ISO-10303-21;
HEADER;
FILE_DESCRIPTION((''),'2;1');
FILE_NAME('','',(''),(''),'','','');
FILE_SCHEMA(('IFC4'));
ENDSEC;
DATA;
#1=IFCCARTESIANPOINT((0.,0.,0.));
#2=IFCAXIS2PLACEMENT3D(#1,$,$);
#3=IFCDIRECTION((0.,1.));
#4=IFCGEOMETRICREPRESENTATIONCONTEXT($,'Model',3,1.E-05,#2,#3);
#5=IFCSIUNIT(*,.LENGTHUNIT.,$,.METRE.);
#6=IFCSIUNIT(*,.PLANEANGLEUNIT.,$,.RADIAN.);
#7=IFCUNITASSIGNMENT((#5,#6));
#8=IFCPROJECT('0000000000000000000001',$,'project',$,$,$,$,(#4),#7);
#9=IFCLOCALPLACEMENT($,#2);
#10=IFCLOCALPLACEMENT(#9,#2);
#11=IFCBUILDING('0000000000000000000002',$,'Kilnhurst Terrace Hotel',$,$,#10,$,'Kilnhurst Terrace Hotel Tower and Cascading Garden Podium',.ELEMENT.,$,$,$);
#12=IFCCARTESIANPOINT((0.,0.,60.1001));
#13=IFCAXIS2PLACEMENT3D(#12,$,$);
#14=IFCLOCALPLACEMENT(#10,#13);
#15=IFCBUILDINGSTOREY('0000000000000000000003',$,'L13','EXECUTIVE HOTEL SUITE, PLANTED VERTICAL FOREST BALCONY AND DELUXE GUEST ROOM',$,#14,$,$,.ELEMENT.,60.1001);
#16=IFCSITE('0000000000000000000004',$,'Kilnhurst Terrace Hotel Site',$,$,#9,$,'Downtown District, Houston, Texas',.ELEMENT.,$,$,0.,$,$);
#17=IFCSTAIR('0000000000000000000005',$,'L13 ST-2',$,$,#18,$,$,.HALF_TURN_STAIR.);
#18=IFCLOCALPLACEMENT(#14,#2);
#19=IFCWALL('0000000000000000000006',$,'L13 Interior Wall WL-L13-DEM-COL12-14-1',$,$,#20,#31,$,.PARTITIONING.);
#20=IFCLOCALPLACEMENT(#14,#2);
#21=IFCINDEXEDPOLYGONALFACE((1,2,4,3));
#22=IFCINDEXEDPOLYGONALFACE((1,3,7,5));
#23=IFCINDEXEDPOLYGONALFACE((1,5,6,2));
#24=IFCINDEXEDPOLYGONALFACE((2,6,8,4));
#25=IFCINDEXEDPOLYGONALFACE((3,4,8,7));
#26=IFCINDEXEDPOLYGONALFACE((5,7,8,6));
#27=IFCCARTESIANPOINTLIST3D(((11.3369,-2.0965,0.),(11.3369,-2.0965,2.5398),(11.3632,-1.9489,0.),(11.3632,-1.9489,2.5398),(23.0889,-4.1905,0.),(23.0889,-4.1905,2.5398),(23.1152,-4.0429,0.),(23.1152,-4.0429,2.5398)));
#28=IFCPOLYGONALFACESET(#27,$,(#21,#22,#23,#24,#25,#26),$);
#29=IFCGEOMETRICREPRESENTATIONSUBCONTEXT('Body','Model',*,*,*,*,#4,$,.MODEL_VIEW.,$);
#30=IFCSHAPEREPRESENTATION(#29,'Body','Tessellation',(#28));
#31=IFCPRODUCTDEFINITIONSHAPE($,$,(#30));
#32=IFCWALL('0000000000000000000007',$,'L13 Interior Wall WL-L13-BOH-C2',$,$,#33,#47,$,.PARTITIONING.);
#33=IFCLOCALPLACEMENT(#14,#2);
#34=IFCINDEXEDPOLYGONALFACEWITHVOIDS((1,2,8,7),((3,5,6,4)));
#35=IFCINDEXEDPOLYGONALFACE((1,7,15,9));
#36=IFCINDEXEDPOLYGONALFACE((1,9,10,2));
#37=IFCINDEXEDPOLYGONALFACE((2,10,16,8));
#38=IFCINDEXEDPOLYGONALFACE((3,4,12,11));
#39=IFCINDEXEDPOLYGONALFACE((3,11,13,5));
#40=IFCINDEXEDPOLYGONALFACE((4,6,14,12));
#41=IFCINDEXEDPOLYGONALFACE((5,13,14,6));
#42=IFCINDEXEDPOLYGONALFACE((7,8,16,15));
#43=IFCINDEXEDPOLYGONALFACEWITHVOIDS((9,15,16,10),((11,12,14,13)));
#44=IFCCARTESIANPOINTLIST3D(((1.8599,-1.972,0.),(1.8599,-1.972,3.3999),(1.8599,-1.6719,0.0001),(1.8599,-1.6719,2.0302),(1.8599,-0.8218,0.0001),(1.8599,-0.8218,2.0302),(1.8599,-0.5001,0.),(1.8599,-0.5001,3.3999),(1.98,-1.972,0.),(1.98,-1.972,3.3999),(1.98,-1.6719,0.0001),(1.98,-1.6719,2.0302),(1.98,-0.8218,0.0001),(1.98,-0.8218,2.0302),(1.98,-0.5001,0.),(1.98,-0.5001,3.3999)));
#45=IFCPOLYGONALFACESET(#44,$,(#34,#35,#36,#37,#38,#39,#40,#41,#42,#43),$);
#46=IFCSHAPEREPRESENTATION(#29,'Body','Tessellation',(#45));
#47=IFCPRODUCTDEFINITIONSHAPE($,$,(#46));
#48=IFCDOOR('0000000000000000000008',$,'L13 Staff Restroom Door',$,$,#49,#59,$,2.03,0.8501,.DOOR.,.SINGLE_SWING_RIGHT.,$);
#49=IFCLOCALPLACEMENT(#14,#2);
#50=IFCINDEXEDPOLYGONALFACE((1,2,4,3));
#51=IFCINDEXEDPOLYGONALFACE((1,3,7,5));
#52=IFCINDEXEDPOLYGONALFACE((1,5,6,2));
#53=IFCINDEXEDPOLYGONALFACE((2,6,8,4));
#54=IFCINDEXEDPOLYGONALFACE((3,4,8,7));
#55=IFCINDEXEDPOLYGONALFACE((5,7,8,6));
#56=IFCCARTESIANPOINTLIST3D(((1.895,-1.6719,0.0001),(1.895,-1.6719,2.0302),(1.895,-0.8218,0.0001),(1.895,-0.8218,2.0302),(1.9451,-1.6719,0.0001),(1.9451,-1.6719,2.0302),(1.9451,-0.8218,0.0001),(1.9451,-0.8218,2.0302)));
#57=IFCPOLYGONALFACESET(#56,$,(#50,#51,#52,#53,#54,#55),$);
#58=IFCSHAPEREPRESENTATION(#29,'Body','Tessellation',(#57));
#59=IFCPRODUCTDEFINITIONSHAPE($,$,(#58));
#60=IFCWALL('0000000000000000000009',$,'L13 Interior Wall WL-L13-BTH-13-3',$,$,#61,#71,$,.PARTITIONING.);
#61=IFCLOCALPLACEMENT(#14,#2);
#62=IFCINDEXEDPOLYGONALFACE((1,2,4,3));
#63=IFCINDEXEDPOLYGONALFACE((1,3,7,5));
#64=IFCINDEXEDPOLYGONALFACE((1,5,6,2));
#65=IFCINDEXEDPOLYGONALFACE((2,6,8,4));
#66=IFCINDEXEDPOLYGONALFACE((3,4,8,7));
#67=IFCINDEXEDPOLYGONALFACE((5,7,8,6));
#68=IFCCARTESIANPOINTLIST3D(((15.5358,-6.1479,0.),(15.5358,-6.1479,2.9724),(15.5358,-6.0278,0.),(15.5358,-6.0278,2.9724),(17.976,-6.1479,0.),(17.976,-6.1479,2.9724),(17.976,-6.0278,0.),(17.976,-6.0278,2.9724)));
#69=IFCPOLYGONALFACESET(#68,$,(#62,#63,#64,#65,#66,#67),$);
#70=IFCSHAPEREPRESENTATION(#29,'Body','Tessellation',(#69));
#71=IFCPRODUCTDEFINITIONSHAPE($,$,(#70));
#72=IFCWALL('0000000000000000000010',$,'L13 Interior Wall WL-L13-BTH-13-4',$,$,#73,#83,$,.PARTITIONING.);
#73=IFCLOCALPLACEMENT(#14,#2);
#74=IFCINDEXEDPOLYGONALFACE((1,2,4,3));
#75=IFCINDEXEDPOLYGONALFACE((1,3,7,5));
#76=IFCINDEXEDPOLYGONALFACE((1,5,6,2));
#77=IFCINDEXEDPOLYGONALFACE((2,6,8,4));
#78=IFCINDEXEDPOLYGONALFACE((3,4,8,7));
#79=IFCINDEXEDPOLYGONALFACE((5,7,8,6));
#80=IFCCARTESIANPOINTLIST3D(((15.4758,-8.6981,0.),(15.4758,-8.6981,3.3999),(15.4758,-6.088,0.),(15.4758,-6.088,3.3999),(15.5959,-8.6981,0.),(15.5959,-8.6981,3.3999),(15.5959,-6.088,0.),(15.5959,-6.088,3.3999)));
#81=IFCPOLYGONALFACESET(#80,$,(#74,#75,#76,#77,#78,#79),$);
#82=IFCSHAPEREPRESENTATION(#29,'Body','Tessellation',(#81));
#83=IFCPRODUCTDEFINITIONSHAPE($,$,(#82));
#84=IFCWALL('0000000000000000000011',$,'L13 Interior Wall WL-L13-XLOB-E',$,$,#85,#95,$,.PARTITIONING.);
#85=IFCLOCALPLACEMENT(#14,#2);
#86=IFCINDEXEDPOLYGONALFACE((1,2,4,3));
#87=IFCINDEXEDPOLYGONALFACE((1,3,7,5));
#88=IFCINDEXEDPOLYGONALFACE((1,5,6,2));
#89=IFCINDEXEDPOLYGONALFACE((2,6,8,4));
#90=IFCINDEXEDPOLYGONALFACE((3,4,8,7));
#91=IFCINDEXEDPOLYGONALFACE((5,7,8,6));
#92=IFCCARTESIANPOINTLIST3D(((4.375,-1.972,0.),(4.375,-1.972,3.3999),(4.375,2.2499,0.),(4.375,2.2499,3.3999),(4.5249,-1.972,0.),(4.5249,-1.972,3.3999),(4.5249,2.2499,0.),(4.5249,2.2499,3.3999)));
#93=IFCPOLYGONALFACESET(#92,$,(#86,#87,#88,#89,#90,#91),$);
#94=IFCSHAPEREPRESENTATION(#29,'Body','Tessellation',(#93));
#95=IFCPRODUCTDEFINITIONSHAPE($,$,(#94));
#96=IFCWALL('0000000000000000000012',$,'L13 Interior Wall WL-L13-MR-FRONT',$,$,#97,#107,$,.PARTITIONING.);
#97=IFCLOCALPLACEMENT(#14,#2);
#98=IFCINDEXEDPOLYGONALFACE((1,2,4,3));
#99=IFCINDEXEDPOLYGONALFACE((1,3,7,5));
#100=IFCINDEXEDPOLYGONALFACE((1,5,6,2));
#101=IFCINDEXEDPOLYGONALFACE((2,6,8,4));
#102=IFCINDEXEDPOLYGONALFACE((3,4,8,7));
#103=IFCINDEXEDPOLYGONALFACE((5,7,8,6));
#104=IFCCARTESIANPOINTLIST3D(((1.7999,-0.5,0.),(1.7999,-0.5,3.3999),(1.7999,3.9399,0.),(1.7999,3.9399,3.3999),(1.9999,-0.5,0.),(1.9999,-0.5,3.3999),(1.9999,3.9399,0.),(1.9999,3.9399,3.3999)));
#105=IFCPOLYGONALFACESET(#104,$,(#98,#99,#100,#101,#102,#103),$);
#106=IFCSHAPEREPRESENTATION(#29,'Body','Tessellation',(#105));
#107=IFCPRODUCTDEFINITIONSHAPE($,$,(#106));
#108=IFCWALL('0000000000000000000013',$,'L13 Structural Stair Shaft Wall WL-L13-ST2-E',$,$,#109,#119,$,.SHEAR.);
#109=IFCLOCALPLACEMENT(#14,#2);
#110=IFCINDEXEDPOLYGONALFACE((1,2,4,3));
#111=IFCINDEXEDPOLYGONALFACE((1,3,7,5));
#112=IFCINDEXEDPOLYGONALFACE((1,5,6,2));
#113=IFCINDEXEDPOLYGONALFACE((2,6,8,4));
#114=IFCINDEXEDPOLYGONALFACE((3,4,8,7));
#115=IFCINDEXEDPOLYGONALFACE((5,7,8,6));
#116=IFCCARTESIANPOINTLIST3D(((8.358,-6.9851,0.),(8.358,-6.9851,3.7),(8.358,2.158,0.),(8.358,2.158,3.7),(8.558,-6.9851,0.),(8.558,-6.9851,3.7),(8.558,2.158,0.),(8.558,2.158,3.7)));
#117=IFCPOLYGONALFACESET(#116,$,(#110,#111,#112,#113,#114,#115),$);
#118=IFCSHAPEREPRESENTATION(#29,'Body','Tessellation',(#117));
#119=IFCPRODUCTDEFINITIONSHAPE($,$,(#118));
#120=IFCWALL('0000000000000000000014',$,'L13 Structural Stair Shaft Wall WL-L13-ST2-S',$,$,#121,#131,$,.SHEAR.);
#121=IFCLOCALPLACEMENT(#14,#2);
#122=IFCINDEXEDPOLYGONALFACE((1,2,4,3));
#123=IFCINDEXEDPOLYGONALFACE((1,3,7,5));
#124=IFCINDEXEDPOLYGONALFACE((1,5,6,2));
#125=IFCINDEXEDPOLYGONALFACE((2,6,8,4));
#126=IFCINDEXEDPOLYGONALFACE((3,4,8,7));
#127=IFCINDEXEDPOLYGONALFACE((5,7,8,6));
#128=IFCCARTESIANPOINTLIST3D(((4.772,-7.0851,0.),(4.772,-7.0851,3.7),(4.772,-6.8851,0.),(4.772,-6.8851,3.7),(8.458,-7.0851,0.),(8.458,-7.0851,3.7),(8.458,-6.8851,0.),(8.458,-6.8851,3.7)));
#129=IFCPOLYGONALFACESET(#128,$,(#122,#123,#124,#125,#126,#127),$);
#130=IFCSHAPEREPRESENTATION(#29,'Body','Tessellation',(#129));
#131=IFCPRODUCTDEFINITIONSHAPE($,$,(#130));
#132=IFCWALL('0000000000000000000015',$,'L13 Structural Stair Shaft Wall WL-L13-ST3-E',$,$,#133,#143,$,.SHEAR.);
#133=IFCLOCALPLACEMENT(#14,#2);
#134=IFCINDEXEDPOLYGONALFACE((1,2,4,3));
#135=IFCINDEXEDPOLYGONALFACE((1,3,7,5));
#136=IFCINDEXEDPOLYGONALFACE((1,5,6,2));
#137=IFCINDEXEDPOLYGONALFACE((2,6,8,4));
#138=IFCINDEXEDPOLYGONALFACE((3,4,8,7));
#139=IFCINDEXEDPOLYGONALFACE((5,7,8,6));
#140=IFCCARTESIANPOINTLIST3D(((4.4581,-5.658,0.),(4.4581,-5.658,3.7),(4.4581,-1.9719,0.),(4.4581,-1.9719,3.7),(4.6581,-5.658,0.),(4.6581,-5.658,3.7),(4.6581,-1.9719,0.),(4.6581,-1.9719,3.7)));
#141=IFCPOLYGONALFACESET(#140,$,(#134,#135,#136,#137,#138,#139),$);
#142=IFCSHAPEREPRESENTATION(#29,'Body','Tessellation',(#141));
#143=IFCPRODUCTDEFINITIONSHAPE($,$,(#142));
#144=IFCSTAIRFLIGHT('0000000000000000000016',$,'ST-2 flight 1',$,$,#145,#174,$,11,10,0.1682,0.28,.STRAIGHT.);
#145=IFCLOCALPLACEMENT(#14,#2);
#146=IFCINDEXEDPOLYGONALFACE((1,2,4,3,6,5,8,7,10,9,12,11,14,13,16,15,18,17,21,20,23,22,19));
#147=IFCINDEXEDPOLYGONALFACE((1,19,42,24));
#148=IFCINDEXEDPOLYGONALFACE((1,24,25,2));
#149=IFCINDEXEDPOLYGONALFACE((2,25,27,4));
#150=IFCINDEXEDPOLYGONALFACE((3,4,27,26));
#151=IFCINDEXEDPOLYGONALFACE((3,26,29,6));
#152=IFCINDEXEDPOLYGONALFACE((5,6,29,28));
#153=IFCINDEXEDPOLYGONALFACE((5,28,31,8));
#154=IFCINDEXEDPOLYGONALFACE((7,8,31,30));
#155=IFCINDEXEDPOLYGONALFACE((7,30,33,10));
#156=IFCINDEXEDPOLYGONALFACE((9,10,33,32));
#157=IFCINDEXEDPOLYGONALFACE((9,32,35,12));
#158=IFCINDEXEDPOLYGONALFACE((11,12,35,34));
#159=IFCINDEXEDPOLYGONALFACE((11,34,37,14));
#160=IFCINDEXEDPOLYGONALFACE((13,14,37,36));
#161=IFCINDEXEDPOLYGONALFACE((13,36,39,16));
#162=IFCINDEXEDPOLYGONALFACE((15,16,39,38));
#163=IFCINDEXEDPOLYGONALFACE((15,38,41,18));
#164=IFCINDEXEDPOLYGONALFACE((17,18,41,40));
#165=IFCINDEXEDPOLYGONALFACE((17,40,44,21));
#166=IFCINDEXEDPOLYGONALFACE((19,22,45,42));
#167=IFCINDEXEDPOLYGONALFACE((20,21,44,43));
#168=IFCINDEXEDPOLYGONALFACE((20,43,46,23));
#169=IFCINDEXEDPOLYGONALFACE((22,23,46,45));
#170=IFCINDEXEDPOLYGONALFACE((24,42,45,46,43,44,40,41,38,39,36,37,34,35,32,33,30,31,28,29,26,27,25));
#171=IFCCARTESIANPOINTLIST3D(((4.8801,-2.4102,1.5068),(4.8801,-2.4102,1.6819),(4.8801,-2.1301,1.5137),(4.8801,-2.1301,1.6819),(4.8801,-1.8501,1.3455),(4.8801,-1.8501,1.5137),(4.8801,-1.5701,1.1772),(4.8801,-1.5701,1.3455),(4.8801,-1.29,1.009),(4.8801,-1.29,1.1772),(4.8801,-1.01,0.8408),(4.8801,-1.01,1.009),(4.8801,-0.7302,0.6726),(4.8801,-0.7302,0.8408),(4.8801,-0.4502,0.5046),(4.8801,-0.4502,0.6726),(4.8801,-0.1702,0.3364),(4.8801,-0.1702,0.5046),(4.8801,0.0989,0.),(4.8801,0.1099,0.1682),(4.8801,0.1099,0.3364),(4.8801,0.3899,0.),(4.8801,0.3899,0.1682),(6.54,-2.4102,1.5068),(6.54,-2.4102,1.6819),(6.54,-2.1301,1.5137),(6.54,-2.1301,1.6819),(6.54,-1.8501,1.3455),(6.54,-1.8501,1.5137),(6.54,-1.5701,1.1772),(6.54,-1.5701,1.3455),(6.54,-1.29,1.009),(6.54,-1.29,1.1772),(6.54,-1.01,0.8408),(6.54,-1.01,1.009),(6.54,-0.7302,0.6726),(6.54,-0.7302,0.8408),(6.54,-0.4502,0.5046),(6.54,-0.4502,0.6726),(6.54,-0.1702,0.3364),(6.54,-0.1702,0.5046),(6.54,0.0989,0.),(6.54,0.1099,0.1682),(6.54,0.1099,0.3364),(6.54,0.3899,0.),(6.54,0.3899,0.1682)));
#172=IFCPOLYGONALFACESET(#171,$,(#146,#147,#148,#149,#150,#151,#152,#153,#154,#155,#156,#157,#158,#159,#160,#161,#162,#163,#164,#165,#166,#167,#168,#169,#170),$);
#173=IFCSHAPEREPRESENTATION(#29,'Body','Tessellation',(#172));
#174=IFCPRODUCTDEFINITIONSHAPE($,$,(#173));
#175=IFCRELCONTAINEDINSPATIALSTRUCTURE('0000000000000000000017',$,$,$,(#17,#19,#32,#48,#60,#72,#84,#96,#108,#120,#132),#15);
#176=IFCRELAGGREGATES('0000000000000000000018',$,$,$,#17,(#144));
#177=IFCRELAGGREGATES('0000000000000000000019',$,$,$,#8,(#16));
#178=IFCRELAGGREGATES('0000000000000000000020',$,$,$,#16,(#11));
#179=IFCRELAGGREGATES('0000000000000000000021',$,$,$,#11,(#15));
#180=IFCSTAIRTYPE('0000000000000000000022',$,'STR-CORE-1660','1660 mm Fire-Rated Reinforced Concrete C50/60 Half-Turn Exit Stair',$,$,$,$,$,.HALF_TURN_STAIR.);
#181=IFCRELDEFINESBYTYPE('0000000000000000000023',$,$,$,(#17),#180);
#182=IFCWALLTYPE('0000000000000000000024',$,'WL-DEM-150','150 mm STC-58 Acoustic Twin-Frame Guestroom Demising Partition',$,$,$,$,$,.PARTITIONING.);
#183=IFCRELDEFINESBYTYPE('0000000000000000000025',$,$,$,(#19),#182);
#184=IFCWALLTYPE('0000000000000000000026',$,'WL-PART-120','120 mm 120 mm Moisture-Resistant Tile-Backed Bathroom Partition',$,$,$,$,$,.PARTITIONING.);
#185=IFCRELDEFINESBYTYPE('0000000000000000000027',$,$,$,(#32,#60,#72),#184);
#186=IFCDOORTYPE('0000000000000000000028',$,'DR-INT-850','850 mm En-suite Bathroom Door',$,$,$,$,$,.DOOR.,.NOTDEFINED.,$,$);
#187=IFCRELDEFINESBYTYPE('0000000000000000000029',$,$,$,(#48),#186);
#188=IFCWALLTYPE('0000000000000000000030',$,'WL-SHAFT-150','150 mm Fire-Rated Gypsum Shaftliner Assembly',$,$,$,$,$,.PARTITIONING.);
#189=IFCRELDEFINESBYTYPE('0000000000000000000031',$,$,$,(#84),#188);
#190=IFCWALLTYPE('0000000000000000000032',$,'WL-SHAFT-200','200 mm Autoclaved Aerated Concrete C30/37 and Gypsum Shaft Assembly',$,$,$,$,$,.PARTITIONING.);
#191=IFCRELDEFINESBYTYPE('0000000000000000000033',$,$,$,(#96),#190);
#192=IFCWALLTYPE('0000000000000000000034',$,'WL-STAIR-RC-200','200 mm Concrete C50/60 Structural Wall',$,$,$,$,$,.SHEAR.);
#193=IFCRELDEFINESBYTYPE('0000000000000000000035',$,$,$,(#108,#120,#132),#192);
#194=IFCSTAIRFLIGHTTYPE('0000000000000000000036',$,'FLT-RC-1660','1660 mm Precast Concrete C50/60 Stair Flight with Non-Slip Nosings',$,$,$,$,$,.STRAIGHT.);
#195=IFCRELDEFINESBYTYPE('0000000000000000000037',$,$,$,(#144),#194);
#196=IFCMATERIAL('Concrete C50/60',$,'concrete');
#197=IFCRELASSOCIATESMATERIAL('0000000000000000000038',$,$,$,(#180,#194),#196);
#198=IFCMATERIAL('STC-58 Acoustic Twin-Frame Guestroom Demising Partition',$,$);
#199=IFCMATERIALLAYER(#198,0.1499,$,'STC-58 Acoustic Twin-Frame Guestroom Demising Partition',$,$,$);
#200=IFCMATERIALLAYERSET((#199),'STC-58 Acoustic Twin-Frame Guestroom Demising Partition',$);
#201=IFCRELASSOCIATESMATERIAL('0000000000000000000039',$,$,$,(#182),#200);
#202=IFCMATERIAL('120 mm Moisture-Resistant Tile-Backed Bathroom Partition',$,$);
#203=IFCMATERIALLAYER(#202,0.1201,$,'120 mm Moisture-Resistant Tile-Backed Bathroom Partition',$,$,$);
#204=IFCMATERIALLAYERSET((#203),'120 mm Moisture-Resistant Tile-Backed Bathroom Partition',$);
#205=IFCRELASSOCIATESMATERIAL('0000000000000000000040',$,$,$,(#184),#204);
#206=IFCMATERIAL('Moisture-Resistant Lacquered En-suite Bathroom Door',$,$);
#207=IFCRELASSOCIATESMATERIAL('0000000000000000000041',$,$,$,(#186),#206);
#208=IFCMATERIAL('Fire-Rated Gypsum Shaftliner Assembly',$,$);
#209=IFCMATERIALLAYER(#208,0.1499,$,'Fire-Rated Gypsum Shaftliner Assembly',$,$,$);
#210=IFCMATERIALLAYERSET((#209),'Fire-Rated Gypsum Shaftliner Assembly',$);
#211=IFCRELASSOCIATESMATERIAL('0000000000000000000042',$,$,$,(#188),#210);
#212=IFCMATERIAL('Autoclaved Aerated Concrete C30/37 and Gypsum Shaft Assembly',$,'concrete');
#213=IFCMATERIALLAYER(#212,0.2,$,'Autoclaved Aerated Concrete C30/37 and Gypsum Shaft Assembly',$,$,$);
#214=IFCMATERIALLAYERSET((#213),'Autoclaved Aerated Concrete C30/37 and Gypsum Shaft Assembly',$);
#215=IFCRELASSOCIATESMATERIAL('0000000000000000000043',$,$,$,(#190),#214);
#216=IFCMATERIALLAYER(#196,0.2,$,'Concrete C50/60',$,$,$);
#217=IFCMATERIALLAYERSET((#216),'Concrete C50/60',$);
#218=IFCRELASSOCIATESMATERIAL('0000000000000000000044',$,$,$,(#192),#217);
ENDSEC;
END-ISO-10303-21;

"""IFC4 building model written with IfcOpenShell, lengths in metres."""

from ifc_helpers import new_model, si_unit, direction, frame, frame_2d, origin, place, context, subcontext, project, spatial, polyline, rectangle, outline, extrude, material, layer, layer_set, type_object, element, fill, aggregate, save


model = new_model("IFC4")

# Units and contexts
model_context = context("Model", 3, precision=1e-05, world=origin(), true_north=direction((0.0, 1.0)))
body_context = subcontext(model_context, "Body", "Model", "MODEL_VIEW")
ifc_project = project(units=[si_unit("LENGTHUNIT", "METRE"), si_unit("PLANEANGLEUNIT", "RADIAN")], contexts=[model_context])

# Site, building, storey
site_placement = place(None, origin())
site = spatial("IfcSite", under=ifc_project, at=site_placement, Name="Kilnhurst Terrace Hotel Site", LongName="Downtown District, Houston, Texas", CompositionType="ELEMENT", RefElevation=0.0)
building_placement = place(site_placement, origin())
building = spatial("IfcBuilding", under=site, at=building_placement, Name="Kilnhurst Terrace Hotel", LongName="Kilnhurst Terrace Hotel Tower and Cascading Garden Podium", CompositionType="ELEMENT")
storey_placement = place(building_placement, frame((0.0, 0.0, 60.1001)))
storey = spatial("IfcBuildingStorey", under=building, at=storey_placement, Name="L13", Description="EXECUTIVE HOTEL SUITE, PLANTED VERTICAL FOREST BALCONY AND DELUXE GUEST ROOM", CompositionType="ELEMENT", Elevation=60.1001)

# Shared definitions
ifc_material_1 = material(Name="Concrete C50/60", Category="concrete")

# Stair
stair_type = type_object("IfcStairType", Name="STR-CORE-1660", Description="1660 mm Fire-Rated Reinforced Concrete C50/60 Half-Turn Exit Stair", PredefinedType="HALF_TURN_STAIR", material=ifc_material_1)
stair_1_placement = place(storey_placement, origin())
stair_1 = element("IfcStair", 1, at=stair_1_placement, inside=storey, type_object=stair_type, Name="L13 ST-2", PredefinedType="HALF_TURN_STAIR")

# Wall
ifc_material_2 = material(Name="STC-58 Acoustic Twin-Frame Guestroom Demising Partition")
ifc_layer_1 = layer(ifc_material_2, 0.1499, Name="STC-58 Acoustic Twin-Frame Guestroom Demising Partition")
ifc_layer_set_1 = layer_set([ifc_layer_1], Name="STC-58 Acoustic Twin-Frame Guestroom Demising Partition")
wall_type_1 = type_object("IfcWallType", Name="WL-DEM-150", Description="150 mm STC-58 Acoustic Twin-Frame Guestroom Demising Partition", PredefinedType="PARTITIONING", material=ifc_layer_set_1)
wall_1_placement = place(storey_placement, frame((11.3501, -2.0227, 0.0), z_axis=(0.0, 0.0, 1.0), x_axis=(0.984494, -0.17542, 0.0)))
element("IfcWall", 2, at=wall_1_placement, inside=storey, type_object=wall_type_1, Name="L13 Interior Wall WL-L13-DEM-COL12-14-1", PredefinedType="PARTITIONING", context=body_context, shape_type="SweptSolid", body=[
    extrude(rectangle(XDim=11.937, YDim=0.1499, at=frame_2d((5.9685, 0.0))), origin(), (0.0, 0.0, 1.0), 2.5398),
])

# Wall, opening, door
ifc_material_3 = material(Name="120 mm Moisture-Resistant Tile-Backed Bathroom Partition")
ifc_layer_2 = layer(ifc_material_3, 0.1201, Name="120 mm Moisture-Resistant Tile-Backed Bathroom Partition")
ifc_layer_set_2 = layer_set([ifc_layer_2], Name="120 mm Moisture-Resistant Tile-Backed Bathroom Partition")
wall_type_2 = type_object("IfcWallType", Name="WL-PART-120", Description="120 mm 120 mm Moisture-Resistant Tile-Backed Bathroom Partition", PredefinedType="PARTITIONING", material=ifc_layer_set_2)
wall_2_placement = place(storey_placement, frame((1.9199, -1.9719, 0.0), z_axis=(0.0, 0.0, 1.0), x_axis=(0.0, 1.0, 0.0)))
wall_2 = element("IfcWall", 3, at=wall_2_placement, inside=storey, type_object=wall_type_2, Name="L13 Interior Wall WL-L13-BOH-C2", PredefinedType="PARTITIONING", context=body_context, shape_type="SweptSolid", body=[
    extrude(rectangle(XDim=1.4719, YDim=0.1201, at=frame_2d((0.7358, 0.0))), origin(), (0.0, 0.0, 1.0), 3.3999),
])
opening_placement = place(wall_2_placement, frame((0.3, 0.0, 0.0)))
opening = element("IfcOpeningElement", 4, at=opening_placement, cuts=wall_2, PredefinedType="OPENING", context=body_context, shape_type="SweptSolid", body=[
    extrude(rectangle(XDim=0.8501, YDim=2.03, at=frame_2d((0.425, 1.0151))), frame((0.0, 0.0701, 0.0), z_axis=(0.0, -1.0, 0.0), x_axis=(1.0, 0.0, 0.0)), (0.0, 0.0, 1.0), 0.1401),
])
ifc_material_4 = material(Name="Moisture-Resistant Lacquered En-suite Bathroom Door")
door_type = type_object("IfcDoorType", Name="DR-INT-850", Description="850 mm En-suite Bathroom Door", OperationType="NOTDEFINED", PredefinedType="DOOR", material=ifc_material_4)
door_placement = place(opening_placement, origin())
door = element("IfcDoor", 5, at=door_placement, inside=storey, type_object=door_type, Name="L13 Staff Restroom Door", OperationType="SINGLE_SWING_RIGHT", OverallHeight=2.03, OverallWidth=0.8501, PredefinedType="DOOR", context=body_context, shape_type="SweptSolid", body=[
    extrude(rectangle(XDim=0.8501, YDim=2.03, at=frame_2d((0.425, 1.0151))), frame((0.0, 0.0249, 0.0), z_axis=(0.0, -1.0, 0.0), x_axis=(1.0, 0.0, 0.0)), (0.0, 0.0, 1.0), 0.05),
])
fill(opening, door)

# Walls
wall_3_placement = place(storey_placement, frame((17.9761, -6.0879, 0.0), z_axis=(0.0, 0.0, 1.0), x_axis=(-1.0, 0.0, 0.0)))
element("IfcWall", 6, at=wall_3_placement, inside=storey, type_object=wall_type_2, Name="L13 Interior Wall WL-L13-BTH-13-3", PredefinedType="PARTITIONING", context=body_context, shape_type="SweptSolid", body=[
    extrude(rectangle(XDim=2.4402, YDim=0.1201, at=frame_2d((1.2202, 0.0))), origin(), (0.0, 0.0, 1.0), 2.9724),
])
wall_4_placement = place(storey_placement, frame((15.5359, -6.0879, 0.0), z_axis=(0.0, 0.0, 1.0), x_axis=(0.0, -1.0, 0.0)))
element("IfcWall", 7, at=wall_4_placement, inside=storey, type_object=wall_type_2, Name="L13 Interior Wall WL-L13-BTH-13-4", PredefinedType="PARTITIONING", context=body_context, shape_type="SweptSolid", body=[
    extrude(rectangle(XDim=2.6101, YDim=0.1201, at=frame_2d((1.3052, 0.0))), origin(), (0.0, 0.0, 1.0), 3.3999),
])
ifc_material_5 = material(Name="Fire-Rated Gypsum Shaftliner Assembly")
ifc_layer_3 = layer(ifc_material_5, 0.1499, Name="Fire-Rated Gypsum Shaftliner Assembly")
ifc_layer_set_3 = layer_set([ifc_layer_3], Name="Fire-Rated Gypsum Shaftliner Assembly")
wall_type_3 = type_object("IfcWallType", Name="WL-SHAFT-150", Description="150 mm Fire-Rated Gypsum Shaftliner Assembly", PredefinedType="PARTITIONING", material=ifc_layer_set_3)
wall_5_placement = place(storey_placement, frame((4.45, -1.9719, 0.0), z_axis=(0.0, 0.0, 1.0), x_axis=(0.0, 1.0, 0.0)))
element("IfcWall", 8, at=wall_5_placement, inside=storey, type_object=wall_type_3, Name="L13 Interior Wall WL-L13-XLOB-E", PredefinedType="PARTITIONING", context=body_context, shape_type="SweptSolid", body=[
    extrude(rectangle(XDim=4.2219, YDim=0.1499, at=frame_2d((2.1108, 0.0))), origin(), (0.0, 0.0, 1.0), 3.3999),
])
ifc_material_6 = material(Name="Autoclaved Aerated Concrete C30/37 and Gypsum Shaft Assembly", Category="concrete")
ifc_layer_4 = layer(ifc_material_6, 0.2, Name="Autoclaved Aerated Concrete C30/37 and Gypsum Shaft Assembly")
ifc_layer_set_4 = layer_set([ifc_layer_4], Name="Autoclaved Aerated Concrete C30/37 and Gypsum Shaft Assembly")
wall_type_4 = type_object("IfcWallType", Name="WL-SHAFT-200", Description="200 mm Autoclaved Aerated Concrete C30/37 and Gypsum Shaft Assembly", PredefinedType="PARTITIONING", material=ifc_layer_set_4)
wall_6_placement = place(storey_placement, frame((1.8999, -0.5, 0.0), z_axis=(0.0, 0.0, 1.0), x_axis=(0.0, 1.0, 0.0)))
element("IfcWall", 9, at=wall_6_placement, inside=storey, type_object=wall_type_4, Name="L13 Interior Wall WL-L13-MR-FRONT", PredefinedType="PARTITIONING", context=body_context, shape_type="SweptSolid", body=[
    extrude(rectangle(XDim=4.4399, YDim=0.2, at=frame_2d((2.22, 0.0))), origin(), (0.0, 0.0, 1.0), 3.3999),
])
ifc_layer_5 = layer(ifc_material_1, 0.2, Name="Concrete C50/60")
ifc_layer_set_5 = layer_set([ifc_layer_5], Name="Concrete C50/60")
wall_type_5 = type_object("IfcWallType", Name="WL-STAIR-RC-200", Description="200 mm Concrete C50/60 Structural Wall", PredefinedType="SHEAR", material=ifc_layer_set_5)
wall_7_placement = place(storey_placement, frame((8.458, -6.9851, 0.0), z_axis=(0.0, 0.0, 1.0), x_axis=(0.0, 1.0, 0.0)))
element("IfcWall", 10, at=wall_7_placement, inside=storey, type_object=wall_type_5, Name="L13 Structural Stair Shaft Wall WL-L13-ST2-E", PredefinedType="SHEAR", context=body_context, shape_type="SweptSolid", body=[
    extrude(rectangle(XDim=9.1431, YDim=0.2, at=frame_2d((4.5715, 0.0))), origin(), (0.0, 0.0, 1.0), 3.7),
])
for number, where, z_axis, x_axis, name in (
    (11, (4.772, -6.9851, 0.0), (0.0, 0.0, 1.0), (1.0, 0.0, 0.0), "L13 Structural Stair Shaft Wall WL-L13-ST2-S"),
    (12, (4.5581, -5.658, 0.0), (0.0, 0.0, 1.0), (0.0, 1.0, 0.0), "L13 Structural Stair Shaft Wall WL-L13-ST3-E"),
):
    element("IfcWall", number, at=place(storey_placement, frame(where, z_axis=z_axis, x_axis=x_axis)), inside=storey, type_object=wall_type_5, Name=name, PredefinedType="SHEAR", context=body_context, shape_type="SweptSolid", body=[
        extrude(rectangle(XDim=3.686, YDim=0.2, at=frame_2d((1.843, 0.0))), origin(), (0.0, 0.0, 1.0), 3.7),
    ])

# Stair flight
stair_flight_type = type_object("IfcStairFlightType", Name="FLT-RC-1660", Description="1660 mm Precast Concrete C50/60 Stair Flight with Non-Slip Nosings", PredefinedType="STRAIGHT", material=ifc_material_1)
stair_flight_1_placement = place(storey_placement, frame((5.71, 0.3899, 0.0), z_axis=(0.0, 0.0, 1.0), x_axis=(0.0, -1.0, 0.0)))
stair_flight_1 = element("IfcStairFlight", 13, at=stair_flight_1_placement, type_object=stair_flight_type, Name="ST-2 flight 1", NumberOfRisers=11, NumberOfTreads=10, PredefinedType="STRAIGHT", RiserHeight=0.1682, TreadLength=0.28, context=body_context, shape_type="SweptSolid", body=[
    extrude(outline(polyline([(0.0, 0.0), (0.0, 0.1682), (0.28, 0.1682), (0.28, 0.3364), (0.5601, 0.3364), (0.5601, 0.5046), (0.8401, 0.5046), (0.8401, 0.6726), (1.1201, 0.6726), (1.1201, 0.8408), (1.3999, 0.8408), (1.3999, 1.009), (1.6799, 1.009), (1.6799, 1.1772), (1.96, 1.1772), (1.96, 1.3455), (2.24, 1.3455), (2.24, 1.5137), (2.52, 1.5137), (2.52, 1.6819), (2.8, 1.6819), (2.8, 1.8501), (2.8, 1.5068), (0.291, 0.0), (0.0, 0.0)])), frame((0.0, 0.8301, 0.0), z_axis=(0.0, -1.0, 0.0), x_axis=(1.0, 0.0, 0.0)), (0.0, 0.0, 1.0), 1.6599),
])
aggregate(stair_1, [stair_flight_1])

save(model, "model.ifc")
